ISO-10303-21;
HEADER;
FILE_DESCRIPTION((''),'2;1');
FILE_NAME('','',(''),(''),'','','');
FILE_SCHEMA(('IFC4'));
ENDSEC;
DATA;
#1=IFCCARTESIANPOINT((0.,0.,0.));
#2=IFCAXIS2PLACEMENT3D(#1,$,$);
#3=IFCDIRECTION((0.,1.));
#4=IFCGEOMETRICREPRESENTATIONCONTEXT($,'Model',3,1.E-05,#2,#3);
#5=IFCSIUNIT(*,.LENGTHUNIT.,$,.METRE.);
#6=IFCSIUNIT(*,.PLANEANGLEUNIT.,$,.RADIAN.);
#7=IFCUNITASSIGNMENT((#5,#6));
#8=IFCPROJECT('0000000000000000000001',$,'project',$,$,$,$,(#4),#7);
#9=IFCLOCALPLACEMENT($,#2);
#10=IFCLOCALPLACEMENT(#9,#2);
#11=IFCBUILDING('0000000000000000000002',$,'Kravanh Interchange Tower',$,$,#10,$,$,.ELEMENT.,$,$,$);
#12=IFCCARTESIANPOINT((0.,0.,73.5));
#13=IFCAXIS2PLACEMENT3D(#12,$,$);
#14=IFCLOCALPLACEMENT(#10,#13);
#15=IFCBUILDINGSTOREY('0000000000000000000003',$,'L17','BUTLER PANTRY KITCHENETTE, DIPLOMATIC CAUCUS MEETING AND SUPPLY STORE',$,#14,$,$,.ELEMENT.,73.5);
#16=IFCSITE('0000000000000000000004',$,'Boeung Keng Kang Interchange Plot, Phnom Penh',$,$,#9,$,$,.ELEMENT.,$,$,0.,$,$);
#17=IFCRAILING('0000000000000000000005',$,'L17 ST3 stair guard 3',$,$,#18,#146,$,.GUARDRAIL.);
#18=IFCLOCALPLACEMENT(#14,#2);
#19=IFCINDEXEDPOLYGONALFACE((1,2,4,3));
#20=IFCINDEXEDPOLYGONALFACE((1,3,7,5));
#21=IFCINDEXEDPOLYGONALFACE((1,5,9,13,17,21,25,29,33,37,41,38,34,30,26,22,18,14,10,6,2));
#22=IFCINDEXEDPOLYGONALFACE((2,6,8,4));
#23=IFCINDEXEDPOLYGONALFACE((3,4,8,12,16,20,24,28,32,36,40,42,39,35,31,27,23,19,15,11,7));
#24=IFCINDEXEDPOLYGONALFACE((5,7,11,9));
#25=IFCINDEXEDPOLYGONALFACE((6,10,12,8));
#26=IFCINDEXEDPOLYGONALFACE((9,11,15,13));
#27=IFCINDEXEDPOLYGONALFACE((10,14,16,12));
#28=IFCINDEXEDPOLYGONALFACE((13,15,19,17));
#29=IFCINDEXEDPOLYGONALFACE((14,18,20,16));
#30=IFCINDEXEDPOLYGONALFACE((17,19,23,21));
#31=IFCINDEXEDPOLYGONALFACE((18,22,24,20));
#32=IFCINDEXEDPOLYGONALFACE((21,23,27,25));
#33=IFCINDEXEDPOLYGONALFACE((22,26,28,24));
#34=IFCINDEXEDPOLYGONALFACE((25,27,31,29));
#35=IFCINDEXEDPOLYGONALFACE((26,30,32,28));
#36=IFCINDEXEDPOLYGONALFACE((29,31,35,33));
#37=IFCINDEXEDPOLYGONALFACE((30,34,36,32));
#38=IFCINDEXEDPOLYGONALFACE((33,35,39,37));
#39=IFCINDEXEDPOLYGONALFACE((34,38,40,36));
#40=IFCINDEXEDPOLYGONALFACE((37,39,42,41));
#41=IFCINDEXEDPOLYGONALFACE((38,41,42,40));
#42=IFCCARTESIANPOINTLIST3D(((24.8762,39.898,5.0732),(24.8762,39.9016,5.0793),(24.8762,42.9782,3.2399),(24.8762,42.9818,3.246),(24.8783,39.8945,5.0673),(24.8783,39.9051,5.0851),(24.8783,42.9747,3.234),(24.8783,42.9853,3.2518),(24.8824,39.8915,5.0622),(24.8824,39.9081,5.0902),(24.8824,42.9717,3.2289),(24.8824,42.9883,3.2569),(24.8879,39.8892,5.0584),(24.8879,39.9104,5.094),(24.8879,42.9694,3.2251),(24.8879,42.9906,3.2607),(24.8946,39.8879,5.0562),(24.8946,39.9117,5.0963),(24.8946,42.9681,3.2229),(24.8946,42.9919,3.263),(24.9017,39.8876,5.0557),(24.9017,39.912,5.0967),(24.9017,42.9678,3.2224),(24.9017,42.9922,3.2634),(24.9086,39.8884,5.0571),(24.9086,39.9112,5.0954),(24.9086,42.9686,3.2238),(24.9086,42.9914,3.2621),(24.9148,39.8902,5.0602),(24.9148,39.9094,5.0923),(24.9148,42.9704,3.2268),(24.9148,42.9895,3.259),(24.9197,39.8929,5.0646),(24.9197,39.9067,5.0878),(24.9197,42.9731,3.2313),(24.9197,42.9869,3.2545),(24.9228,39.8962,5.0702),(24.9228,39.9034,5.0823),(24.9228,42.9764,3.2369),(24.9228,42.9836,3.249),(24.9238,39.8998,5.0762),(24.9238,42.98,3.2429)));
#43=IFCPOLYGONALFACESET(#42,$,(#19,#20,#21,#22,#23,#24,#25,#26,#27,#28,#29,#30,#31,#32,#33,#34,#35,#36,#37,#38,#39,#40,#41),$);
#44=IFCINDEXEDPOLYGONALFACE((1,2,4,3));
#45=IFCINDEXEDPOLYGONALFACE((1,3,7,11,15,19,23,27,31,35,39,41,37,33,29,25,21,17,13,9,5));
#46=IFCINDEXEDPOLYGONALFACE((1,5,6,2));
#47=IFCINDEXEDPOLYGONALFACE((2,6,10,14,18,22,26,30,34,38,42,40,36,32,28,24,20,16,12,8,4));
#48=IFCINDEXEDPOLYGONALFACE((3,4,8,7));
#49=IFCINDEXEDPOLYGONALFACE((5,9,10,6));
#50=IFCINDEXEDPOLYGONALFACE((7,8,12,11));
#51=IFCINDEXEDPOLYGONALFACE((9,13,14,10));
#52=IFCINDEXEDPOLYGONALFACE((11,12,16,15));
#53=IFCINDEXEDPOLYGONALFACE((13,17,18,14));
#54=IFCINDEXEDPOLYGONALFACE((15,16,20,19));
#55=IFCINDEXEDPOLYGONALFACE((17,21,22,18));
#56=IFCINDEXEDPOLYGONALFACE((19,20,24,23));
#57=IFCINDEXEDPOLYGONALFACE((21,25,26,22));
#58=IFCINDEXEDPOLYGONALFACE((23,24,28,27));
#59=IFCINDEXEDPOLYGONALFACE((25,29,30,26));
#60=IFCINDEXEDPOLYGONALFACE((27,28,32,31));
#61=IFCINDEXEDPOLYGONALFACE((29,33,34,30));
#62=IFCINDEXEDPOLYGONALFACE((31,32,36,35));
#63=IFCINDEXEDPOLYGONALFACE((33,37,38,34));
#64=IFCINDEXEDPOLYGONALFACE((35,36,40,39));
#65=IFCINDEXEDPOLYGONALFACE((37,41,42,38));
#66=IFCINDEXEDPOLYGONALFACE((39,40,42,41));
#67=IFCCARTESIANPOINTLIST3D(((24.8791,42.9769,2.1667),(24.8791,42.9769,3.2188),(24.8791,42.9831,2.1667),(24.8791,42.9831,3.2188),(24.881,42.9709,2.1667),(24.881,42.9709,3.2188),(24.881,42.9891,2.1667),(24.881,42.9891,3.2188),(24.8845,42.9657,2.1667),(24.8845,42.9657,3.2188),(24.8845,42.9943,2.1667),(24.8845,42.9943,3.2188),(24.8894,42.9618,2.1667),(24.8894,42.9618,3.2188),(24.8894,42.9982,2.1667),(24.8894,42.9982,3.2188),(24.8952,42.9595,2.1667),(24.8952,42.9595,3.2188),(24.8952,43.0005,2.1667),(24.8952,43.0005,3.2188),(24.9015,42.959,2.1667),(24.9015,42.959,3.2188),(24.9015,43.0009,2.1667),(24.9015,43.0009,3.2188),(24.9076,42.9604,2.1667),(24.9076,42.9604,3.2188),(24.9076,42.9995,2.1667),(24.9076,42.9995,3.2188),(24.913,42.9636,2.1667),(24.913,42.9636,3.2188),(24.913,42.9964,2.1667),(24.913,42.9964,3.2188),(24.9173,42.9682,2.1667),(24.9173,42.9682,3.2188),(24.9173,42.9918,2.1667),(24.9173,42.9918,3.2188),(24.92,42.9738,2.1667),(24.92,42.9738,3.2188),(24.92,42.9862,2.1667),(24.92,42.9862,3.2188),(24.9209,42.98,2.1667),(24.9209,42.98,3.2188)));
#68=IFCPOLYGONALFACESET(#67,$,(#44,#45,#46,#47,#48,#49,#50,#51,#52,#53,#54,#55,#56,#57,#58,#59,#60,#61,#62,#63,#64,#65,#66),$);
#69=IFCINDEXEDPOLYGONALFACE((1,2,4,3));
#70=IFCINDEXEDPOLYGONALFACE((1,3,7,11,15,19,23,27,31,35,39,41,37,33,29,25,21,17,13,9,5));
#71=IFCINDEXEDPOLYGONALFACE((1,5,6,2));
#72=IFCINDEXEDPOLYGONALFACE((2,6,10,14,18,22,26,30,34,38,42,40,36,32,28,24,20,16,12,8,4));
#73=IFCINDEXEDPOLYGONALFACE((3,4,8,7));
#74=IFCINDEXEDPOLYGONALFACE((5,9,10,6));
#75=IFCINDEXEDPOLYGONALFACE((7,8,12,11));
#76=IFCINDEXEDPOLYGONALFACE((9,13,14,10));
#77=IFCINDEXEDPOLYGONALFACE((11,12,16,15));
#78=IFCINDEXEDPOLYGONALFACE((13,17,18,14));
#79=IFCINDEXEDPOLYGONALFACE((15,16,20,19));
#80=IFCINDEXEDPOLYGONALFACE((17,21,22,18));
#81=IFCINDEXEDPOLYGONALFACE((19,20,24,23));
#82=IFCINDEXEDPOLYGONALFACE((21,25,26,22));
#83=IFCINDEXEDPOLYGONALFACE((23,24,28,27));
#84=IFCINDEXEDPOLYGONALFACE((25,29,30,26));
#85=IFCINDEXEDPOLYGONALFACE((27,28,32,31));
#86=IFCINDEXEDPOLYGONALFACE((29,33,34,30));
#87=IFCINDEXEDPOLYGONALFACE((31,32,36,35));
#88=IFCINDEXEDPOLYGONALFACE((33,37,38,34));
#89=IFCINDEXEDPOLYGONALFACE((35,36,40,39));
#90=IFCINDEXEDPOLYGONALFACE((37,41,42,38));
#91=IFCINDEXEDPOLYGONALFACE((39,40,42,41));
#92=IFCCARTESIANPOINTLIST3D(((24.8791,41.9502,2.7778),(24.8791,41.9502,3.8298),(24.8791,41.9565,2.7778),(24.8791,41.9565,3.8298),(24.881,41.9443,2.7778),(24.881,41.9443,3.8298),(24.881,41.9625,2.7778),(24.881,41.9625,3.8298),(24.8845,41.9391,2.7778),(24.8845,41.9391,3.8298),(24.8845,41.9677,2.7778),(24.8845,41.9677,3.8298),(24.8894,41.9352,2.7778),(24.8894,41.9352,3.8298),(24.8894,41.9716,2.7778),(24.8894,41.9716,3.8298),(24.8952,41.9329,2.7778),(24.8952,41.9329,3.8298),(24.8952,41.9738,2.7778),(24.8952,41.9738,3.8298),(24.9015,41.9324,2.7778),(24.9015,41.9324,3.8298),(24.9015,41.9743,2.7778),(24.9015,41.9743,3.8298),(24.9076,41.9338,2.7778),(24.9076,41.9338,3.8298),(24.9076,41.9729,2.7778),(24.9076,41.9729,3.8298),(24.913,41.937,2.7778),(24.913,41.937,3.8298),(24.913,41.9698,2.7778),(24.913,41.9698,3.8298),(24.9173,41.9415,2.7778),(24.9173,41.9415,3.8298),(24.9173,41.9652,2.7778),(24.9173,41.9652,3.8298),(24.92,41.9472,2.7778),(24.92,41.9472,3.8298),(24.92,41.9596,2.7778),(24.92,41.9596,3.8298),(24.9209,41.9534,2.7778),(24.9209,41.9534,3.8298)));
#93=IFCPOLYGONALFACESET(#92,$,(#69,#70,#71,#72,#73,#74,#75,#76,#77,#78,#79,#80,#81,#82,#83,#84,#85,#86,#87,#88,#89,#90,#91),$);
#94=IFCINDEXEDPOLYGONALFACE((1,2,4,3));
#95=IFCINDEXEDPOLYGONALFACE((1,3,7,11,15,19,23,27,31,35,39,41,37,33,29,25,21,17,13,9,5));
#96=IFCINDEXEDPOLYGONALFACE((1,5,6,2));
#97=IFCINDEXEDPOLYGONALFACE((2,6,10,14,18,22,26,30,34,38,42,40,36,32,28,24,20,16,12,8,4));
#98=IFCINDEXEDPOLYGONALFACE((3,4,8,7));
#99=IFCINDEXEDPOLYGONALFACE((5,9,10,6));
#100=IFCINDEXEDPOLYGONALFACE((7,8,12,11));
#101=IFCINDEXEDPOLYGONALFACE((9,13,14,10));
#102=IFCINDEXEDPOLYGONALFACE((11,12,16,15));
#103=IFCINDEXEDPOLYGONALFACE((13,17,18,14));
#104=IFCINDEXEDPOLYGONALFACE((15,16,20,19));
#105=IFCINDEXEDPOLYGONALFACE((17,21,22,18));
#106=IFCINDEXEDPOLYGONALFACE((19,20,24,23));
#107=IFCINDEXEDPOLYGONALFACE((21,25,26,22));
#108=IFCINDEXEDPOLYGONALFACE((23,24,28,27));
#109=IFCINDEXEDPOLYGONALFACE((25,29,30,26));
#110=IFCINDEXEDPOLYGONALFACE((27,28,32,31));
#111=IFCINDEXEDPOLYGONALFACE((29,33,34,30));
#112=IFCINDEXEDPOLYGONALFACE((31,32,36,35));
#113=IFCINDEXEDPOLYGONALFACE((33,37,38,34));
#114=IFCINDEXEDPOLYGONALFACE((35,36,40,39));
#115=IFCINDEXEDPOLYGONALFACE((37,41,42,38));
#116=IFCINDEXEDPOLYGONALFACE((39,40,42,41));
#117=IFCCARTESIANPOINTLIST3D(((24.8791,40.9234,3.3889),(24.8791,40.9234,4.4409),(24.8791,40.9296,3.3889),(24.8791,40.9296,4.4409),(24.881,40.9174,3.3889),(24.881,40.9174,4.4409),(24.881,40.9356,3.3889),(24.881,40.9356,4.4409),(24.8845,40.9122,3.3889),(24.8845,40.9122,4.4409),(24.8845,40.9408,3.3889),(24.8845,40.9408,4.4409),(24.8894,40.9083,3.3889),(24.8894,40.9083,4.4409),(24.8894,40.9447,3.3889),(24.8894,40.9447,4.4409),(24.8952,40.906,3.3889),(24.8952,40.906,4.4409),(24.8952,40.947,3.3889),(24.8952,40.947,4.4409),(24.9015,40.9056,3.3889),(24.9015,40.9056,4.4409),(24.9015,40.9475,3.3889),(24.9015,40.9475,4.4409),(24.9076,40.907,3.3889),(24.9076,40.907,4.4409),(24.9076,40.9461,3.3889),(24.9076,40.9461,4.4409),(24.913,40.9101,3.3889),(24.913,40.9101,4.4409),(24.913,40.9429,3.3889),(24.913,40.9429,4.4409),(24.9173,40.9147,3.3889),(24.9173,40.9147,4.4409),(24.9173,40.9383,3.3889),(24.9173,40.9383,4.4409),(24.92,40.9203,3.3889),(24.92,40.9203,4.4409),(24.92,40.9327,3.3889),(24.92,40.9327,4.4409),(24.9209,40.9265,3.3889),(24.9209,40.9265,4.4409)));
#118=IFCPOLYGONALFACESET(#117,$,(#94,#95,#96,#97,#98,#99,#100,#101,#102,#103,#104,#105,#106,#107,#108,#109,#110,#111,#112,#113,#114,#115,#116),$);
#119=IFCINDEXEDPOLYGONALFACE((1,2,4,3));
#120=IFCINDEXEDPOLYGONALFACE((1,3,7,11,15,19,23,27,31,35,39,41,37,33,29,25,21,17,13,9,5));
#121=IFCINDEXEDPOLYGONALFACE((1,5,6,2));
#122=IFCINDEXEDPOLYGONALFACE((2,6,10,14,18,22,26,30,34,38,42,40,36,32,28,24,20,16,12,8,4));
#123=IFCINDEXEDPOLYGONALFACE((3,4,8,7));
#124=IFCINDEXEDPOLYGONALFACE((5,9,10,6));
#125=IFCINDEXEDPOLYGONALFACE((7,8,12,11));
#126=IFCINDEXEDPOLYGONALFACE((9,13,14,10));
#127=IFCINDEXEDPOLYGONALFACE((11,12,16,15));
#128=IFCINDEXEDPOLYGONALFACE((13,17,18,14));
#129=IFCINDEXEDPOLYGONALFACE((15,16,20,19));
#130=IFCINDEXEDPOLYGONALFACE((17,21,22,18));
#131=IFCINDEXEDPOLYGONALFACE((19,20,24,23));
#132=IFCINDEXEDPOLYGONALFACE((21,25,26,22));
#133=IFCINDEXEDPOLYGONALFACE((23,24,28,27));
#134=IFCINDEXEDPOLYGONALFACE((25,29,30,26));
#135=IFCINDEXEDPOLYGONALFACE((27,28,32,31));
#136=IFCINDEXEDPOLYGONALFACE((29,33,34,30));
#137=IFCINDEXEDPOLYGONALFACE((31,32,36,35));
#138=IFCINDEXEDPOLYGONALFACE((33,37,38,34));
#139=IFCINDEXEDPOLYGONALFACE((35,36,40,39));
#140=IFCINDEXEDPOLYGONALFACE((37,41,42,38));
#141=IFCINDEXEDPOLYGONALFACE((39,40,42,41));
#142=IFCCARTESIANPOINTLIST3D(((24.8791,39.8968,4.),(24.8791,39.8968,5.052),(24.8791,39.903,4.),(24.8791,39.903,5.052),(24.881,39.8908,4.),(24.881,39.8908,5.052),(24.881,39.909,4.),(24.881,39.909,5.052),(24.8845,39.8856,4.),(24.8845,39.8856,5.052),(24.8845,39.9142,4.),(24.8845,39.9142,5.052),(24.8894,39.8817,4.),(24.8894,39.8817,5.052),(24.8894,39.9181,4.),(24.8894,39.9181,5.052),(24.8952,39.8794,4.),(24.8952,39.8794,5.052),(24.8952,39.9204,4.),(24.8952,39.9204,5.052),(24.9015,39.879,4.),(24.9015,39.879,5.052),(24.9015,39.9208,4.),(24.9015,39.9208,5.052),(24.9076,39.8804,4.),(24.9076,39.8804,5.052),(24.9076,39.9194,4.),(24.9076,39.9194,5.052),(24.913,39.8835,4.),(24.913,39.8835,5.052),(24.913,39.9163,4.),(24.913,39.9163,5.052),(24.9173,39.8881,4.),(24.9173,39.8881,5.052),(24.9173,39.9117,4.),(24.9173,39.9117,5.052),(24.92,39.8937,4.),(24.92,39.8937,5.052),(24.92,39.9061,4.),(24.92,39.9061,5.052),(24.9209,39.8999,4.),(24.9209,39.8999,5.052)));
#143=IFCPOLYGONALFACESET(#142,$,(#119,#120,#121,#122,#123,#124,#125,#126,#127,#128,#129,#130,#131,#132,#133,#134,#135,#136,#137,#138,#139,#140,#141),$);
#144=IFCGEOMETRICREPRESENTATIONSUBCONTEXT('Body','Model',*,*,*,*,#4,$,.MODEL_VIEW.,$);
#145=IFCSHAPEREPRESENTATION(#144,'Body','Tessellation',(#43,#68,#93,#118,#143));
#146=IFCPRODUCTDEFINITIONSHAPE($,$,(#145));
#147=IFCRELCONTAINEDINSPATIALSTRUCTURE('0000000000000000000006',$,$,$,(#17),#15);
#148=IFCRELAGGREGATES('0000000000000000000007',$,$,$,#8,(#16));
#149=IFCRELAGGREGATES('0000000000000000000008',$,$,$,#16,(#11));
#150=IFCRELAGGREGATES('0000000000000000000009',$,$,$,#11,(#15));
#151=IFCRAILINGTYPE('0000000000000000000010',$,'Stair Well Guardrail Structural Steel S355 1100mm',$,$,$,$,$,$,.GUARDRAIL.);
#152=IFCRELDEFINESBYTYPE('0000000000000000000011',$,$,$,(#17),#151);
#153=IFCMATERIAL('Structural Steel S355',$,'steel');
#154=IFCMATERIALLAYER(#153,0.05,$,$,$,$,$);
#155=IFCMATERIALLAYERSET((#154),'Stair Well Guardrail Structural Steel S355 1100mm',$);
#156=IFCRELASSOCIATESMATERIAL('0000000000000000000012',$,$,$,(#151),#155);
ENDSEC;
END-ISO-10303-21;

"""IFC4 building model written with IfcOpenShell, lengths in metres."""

from ifc_helpers import new_model, si_unit, direction, frame, origin, origin_2d, place, context, subcontext, project, spatial, circle, extrude, material, layer, layer_set, type_object, element, save


model = new_model("IFC4")

# Units and contexts
model_context = context("Model", 3, precision=1e-05, world=origin(), true_north=direction((0.0, 1.0)))
body_context = subcontext(model_context, "Body", "Model", "MODEL_VIEW")
ifc_project = project(units=[si_unit("LENGTHUNIT", "METRE"), si_unit("PLANEANGLEUNIT", "RADIAN")], contexts=[model_context])

# Site, building, storey
site_placement = place(None, origin())
site = spatial("IfcSite", under=ifc_project, at=site_placement, Name="Boeung Keng Kang Interchange Plot, Phnom Penh", CompositionType="ELEMENT", RefElevation=0.0)
building_placement = place(site_placement, origin())
building = spatial("IfcBuilding", under=site, at=building_placement, Name="Kravanh Interchange Tower", CompositionType="ELEMENT")
storey_placement = place(building_placement, frame((0.0, 0.0, 73.5)))
storey = spatial("IfcBuildingStorey", under=building, at=storey_placement, Name="L17", Description="BUTLER PANTRY KITCHENETTE, DIPLOMATIC CAUCUS MEETING AND SUPPLY STORE", CompositionType="ELEMENT", Elevation=73.5)

# Railing
ifc_material_1 = material(Name="Structural Steel S355", Category="steel")
ifc_layer_1 = layer(ifc_material_1, 0.05)
ifc_layer_set_1 = layer_set([ifc_layer_1], Name="Stair Well Guardrail Structural Steel S355 1100mm")
railing_type_1 = type_object("IfcRailingType", Name="Stair Well Guardrail Structural Steel S355 1100mm", PredefinedType="GUARDRAIL", material=ifc_layer_set_1)
railing_1_placement = place(storey_placement, frame((24.8999, 42.98, 2.1667)))
element("IfcRailing", 1, at=railing_1_placement, inside=storey, type_object=railing_type_1, Name="L17 ST3 stair guard 3", PredefinedType="GUARDRAIL", context=body_context, shape_type="SweptSolid", body=[
    extrude(circle(Radius=0.0239, at=origin_2d()), frame((0.0, 0.0, 1.0762), z_axis=(0.0, -0.859309, 0.511458), x_axis=(1.0, 0.0, 0.0)), (0.0, 0.0, 1.0), 3.5845),
    extrude(circle(Radius=0.021, at=origin_2d()), origin(), (0.0, 0.0, 1.0), 1.052),
    extrude(circle(Radius=0.021, at=origin_2d()), frame((0.0, -1.0266, 0.6111)), (0.0, 0.0, 1.0), 1.052),
    extrude(circle(Radius=0.021, at=origin_2d()), frame((0.0, -2.0535, 1.2222)), (0.0, 0.0, 1.0), 1.052),
    extrude(circle(Radius=0.021, at=origin_2d()), frame((0.0, -3.0801, 1.8333)), (0.0, 0.0, 1.0), 1.052),
])

save(model, "model.ifc")
